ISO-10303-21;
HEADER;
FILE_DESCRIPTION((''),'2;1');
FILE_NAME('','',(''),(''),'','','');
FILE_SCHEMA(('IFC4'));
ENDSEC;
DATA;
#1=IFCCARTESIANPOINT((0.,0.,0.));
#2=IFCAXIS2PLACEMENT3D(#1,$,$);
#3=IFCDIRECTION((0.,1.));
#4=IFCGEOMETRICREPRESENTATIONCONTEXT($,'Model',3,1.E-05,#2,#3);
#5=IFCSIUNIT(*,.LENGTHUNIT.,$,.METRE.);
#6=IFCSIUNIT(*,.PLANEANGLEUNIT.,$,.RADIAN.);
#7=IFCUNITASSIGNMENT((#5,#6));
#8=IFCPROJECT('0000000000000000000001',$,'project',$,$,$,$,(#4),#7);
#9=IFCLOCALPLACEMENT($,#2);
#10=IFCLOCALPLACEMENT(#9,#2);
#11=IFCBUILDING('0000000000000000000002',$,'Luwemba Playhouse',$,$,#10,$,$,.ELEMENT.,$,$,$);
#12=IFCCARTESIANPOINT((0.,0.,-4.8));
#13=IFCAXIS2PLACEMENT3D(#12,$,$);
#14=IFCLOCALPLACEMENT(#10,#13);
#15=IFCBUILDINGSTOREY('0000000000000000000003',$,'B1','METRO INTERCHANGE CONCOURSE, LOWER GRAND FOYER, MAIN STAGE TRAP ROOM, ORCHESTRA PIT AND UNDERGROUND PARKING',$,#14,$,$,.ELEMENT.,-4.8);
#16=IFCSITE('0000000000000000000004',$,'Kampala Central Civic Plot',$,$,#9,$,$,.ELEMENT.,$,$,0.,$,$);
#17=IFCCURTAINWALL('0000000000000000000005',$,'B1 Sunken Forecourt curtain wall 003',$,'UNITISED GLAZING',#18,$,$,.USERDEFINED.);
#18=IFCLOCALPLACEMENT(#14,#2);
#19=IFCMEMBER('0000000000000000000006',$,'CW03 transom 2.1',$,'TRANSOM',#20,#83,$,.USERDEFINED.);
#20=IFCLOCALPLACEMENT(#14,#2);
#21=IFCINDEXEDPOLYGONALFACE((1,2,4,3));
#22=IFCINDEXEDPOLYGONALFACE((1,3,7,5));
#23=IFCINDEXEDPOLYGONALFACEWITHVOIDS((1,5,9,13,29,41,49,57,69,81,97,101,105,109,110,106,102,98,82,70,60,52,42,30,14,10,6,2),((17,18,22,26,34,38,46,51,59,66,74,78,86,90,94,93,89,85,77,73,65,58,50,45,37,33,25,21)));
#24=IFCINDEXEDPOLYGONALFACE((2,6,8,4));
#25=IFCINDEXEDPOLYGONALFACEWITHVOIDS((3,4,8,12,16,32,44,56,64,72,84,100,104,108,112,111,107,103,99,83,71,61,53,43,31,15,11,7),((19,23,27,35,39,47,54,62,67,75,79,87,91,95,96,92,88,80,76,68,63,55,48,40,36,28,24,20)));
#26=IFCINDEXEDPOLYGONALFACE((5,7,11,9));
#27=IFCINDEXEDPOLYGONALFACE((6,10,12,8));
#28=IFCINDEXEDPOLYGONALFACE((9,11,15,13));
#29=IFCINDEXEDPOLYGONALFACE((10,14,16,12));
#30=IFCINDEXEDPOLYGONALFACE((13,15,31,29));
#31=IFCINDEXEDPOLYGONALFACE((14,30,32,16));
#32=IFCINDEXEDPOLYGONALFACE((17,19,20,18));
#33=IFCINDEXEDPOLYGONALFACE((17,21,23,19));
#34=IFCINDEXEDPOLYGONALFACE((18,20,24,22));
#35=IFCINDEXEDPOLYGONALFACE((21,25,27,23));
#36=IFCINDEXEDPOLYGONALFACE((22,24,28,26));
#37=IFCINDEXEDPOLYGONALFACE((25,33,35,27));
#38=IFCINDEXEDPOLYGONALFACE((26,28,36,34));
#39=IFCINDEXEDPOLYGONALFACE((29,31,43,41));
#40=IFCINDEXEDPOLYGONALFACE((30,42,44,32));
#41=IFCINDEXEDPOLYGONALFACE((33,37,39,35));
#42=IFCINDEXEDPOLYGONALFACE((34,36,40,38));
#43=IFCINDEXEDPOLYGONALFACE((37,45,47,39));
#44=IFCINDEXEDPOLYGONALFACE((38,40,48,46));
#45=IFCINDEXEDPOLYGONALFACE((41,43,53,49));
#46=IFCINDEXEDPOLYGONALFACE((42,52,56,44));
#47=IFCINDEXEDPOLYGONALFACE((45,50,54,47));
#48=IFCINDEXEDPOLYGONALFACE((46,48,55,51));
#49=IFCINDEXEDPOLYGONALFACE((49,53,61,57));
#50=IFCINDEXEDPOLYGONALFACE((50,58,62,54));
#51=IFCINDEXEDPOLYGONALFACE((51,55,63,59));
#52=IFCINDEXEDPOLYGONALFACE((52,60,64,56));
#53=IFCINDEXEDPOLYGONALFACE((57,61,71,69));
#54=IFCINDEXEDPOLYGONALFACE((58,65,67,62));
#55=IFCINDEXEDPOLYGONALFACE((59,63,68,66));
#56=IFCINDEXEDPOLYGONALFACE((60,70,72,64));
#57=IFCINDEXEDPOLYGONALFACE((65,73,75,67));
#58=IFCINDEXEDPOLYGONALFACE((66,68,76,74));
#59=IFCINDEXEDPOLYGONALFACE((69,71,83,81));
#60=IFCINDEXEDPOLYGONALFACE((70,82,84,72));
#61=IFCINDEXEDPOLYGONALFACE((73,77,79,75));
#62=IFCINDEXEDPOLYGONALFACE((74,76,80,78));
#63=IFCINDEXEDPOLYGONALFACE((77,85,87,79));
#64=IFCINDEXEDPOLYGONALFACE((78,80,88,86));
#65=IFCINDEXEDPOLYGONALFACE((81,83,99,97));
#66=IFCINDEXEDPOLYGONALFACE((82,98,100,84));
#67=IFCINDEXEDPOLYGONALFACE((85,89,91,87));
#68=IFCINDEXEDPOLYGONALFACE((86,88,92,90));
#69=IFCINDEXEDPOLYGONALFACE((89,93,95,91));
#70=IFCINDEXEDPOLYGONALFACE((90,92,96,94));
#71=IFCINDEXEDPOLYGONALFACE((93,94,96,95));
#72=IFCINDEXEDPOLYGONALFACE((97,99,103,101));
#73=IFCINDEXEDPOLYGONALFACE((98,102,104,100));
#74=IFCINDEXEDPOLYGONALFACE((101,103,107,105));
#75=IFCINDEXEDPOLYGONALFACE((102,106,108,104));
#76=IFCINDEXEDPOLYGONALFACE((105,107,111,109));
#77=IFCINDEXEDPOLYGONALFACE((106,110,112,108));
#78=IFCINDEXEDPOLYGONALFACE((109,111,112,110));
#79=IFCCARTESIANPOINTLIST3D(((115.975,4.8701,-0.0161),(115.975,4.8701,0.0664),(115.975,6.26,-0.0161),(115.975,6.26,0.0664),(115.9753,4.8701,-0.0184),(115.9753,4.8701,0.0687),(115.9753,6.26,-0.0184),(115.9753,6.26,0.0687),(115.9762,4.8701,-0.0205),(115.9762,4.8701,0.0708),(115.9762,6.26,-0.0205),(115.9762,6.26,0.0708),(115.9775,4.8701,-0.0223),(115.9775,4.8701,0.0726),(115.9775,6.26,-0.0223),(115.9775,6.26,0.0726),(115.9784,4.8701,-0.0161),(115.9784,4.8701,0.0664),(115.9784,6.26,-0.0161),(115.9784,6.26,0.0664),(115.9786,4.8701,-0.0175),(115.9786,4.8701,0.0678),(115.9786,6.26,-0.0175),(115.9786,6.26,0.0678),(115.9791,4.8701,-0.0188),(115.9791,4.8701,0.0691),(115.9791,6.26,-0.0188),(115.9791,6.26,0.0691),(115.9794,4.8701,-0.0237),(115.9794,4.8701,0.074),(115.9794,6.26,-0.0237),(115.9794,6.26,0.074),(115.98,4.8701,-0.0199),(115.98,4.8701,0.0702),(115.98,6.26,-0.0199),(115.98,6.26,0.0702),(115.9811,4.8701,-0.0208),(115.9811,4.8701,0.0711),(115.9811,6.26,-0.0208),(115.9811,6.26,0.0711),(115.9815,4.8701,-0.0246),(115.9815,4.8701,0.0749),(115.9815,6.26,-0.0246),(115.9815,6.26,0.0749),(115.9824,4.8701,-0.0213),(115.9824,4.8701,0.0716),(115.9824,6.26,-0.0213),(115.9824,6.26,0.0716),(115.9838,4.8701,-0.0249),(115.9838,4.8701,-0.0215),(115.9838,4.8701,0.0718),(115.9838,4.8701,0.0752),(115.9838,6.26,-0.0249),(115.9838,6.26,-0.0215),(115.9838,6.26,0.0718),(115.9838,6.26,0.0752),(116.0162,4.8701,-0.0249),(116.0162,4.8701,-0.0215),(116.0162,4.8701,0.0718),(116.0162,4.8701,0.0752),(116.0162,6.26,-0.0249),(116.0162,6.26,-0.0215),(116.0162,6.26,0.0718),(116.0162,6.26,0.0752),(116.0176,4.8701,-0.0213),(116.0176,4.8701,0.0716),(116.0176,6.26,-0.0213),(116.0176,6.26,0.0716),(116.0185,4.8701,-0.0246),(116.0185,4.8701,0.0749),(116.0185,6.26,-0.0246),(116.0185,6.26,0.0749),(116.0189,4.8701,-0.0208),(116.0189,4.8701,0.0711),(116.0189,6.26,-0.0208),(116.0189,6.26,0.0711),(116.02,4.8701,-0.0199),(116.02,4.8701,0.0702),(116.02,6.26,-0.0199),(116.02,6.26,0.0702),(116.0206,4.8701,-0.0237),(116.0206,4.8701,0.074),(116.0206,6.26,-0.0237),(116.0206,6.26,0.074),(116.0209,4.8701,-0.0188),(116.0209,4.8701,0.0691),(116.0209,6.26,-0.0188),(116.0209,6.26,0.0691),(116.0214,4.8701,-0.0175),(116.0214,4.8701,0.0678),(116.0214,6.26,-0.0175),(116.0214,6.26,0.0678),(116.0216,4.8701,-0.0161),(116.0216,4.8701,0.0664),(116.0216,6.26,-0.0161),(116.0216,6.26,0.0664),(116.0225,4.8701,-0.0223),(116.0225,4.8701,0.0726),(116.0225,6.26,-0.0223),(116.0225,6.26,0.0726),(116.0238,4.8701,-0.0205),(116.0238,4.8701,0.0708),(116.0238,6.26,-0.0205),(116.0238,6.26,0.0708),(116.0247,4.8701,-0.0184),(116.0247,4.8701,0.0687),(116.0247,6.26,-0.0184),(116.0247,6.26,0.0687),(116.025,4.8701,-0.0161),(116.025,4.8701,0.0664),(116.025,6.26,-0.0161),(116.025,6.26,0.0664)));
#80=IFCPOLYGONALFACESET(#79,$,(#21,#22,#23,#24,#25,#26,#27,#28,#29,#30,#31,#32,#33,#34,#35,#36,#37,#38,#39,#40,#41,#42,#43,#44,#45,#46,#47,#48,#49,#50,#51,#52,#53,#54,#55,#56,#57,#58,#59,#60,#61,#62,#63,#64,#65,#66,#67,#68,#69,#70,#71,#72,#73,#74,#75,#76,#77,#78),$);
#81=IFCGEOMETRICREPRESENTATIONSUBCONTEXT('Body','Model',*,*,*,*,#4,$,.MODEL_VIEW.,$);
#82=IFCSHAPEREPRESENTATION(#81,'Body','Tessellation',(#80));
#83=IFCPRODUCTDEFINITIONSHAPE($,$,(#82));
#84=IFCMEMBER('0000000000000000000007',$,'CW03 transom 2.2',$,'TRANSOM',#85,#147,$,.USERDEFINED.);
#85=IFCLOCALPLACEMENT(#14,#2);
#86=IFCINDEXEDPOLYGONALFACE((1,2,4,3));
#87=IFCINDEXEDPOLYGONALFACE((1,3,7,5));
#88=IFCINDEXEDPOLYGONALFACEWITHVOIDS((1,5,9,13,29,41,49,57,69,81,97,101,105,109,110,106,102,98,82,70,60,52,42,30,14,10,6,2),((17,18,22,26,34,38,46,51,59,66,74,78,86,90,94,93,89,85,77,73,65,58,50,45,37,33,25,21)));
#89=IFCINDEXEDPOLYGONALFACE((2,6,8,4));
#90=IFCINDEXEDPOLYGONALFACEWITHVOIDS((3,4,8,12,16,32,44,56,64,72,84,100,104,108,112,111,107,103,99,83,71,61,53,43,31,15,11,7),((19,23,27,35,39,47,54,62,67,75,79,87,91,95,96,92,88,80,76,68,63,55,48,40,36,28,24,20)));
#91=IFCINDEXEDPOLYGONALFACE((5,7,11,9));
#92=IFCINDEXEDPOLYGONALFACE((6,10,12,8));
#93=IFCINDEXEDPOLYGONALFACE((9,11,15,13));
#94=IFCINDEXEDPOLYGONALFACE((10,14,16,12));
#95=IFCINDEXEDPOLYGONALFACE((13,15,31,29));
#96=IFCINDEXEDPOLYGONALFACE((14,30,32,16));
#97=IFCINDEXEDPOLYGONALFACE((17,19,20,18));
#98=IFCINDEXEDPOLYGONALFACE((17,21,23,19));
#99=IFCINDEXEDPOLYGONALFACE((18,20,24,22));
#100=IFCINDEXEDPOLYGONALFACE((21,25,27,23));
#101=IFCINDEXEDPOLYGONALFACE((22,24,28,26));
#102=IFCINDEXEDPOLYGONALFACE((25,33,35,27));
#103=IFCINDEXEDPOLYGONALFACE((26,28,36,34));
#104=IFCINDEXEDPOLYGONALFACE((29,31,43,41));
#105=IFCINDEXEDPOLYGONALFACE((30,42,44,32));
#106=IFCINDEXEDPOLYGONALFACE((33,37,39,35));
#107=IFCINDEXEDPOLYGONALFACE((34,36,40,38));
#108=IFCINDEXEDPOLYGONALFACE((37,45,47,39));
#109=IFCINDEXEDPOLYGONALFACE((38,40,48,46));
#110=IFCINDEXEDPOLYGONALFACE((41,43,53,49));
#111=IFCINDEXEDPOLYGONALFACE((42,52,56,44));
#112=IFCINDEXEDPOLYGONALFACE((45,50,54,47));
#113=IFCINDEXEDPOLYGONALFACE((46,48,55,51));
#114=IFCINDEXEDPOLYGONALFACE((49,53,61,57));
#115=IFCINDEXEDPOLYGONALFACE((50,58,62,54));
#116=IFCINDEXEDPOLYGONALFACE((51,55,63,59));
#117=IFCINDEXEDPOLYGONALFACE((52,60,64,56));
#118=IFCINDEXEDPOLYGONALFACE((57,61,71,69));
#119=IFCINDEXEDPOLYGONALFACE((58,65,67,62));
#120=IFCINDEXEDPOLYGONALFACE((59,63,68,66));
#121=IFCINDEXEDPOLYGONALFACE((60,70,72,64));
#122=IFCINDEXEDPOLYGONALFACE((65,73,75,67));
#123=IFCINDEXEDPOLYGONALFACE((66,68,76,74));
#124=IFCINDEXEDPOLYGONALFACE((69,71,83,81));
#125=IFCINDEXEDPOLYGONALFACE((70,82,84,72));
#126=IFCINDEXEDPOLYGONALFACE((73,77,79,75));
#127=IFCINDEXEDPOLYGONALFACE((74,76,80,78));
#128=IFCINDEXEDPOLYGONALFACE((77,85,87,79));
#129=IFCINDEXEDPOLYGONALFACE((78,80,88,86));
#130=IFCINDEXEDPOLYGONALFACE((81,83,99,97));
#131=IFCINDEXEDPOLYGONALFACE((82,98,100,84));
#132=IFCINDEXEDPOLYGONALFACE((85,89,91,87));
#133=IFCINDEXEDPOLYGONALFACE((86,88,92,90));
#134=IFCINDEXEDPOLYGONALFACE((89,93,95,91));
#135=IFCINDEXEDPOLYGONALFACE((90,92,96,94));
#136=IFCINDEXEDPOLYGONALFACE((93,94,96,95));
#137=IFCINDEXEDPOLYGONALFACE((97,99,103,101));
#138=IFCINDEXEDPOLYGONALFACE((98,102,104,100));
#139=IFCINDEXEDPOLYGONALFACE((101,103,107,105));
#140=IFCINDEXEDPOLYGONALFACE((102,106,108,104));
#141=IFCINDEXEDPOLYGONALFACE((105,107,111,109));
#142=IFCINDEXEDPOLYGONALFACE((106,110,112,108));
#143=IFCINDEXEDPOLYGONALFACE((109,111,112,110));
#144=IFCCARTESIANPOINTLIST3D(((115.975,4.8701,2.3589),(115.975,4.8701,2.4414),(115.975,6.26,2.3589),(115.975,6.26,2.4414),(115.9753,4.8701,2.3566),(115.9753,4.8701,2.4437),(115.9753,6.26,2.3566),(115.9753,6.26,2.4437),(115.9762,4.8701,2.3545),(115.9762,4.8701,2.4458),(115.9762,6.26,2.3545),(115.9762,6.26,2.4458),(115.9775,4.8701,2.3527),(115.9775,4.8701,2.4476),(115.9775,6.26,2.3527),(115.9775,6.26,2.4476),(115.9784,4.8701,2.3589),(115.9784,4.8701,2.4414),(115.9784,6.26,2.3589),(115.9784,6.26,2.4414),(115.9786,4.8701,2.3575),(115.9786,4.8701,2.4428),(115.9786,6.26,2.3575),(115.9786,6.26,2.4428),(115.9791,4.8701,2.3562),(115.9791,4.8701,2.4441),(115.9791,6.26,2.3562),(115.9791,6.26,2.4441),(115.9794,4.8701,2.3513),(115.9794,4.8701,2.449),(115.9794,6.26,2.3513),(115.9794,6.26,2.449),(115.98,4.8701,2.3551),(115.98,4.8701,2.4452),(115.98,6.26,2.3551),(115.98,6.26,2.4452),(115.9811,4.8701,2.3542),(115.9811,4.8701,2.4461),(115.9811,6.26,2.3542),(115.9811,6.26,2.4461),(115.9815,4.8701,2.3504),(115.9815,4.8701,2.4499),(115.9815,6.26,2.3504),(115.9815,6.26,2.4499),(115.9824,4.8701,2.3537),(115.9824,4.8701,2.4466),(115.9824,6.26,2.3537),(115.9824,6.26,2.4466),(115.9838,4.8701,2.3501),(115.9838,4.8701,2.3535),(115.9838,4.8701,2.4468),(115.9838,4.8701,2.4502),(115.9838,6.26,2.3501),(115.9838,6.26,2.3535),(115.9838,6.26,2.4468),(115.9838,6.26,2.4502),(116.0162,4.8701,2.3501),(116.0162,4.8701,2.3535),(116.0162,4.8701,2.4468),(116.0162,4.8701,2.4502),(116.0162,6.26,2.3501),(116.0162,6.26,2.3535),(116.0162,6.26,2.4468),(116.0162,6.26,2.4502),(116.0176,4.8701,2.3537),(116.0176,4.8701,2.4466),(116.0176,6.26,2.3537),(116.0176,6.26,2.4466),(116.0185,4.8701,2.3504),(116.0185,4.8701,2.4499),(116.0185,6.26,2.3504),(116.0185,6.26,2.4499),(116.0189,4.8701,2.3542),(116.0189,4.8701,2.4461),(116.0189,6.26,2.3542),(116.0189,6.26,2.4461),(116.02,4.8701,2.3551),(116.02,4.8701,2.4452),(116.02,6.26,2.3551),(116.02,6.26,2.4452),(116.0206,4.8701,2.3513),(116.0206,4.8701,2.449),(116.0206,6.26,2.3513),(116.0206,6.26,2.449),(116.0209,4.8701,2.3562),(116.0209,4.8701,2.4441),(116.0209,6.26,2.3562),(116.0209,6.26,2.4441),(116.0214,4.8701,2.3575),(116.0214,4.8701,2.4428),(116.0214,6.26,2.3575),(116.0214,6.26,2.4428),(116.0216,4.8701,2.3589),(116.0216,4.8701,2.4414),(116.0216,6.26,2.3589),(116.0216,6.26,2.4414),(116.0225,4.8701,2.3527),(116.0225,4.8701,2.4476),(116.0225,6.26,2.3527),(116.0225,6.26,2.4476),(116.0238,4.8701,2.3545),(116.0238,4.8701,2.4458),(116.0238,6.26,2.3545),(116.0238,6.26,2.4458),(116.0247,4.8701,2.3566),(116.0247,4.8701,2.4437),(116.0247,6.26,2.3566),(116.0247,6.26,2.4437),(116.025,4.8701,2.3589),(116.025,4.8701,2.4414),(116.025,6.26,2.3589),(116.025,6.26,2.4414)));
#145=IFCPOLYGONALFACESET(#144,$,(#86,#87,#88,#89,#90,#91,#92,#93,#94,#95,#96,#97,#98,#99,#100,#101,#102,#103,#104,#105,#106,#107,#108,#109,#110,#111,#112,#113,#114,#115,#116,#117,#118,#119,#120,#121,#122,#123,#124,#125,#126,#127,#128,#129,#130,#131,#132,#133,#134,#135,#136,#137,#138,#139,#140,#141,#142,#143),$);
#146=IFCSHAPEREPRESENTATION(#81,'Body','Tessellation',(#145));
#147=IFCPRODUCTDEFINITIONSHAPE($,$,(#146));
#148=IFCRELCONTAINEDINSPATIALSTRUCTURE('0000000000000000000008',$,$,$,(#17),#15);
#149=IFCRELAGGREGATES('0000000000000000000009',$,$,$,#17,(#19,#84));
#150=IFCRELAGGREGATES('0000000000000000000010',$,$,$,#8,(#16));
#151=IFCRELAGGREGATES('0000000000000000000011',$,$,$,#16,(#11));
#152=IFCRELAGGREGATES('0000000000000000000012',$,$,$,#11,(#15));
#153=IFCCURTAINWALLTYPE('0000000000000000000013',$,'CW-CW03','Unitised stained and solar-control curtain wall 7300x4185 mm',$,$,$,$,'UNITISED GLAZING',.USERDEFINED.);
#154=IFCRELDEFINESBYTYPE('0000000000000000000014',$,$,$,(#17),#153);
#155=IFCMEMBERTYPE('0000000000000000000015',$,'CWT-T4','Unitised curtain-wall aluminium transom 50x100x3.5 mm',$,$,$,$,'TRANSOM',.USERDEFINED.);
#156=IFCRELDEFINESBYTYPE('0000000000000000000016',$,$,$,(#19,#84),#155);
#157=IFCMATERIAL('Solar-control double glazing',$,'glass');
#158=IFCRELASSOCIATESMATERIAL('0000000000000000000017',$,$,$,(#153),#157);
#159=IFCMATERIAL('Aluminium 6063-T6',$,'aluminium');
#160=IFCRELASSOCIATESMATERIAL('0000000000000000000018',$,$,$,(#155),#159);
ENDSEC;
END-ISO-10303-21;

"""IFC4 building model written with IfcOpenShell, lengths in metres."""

from ifc_helpers import new_model, si_unit, direction, frame, origin, origin_2d, place, context, subcontext, project, spatial, hollow_rectangle, extrude, material, material_profile, profile_set, type_object, element, aggregate, save


model = new_model("IFC4")

# Units and contexts
model_context = context("Model", 3, precision=1e-05, world=origin(), true_north=direction((0.0, 1.0)))
body_context = subcontext(model_context, "Body", "Model", "MODEL_VIEW")
ifc_project = project(units=[si_unit("LENGTHUNIT", "METRE"), si_unit("PLANEANGLEUNIT", "RADIAN")], contexts=[model_context])

# Site, building, storey
site_placement = place(None, origin())
site = spatial("IfcSite", under=ifc_project, at=site_placement, Name="Kampala Central Civic Plot", CompositionType="ELEMENT", RefElevation=0.0)
building_placement = place(site_placement, origin())
building = spatial("IfcBuilding", under=site, at=building_placement, Name="Luwemba Playhouse", CompositionType="ELEMENT")
storey_placement = place(building_placement, frame((0.0, 0.0, -4.8)))
storey = spatial("IfcBuildingStorey", under=building, at=storey_placement, Name="B1", Description="METRO INTERCHANGE CONCOURSE, LOWER GRAND FOYER, MAIN STAGE TRAP ROOM, ORCHESTRA PIT AND UNDERGROUND PARKING", CompositionType="ELEMENT", Elevation=-4.8)

# Curtain wall, members
ifc_material_1 = material(Name="Solar-control double glazing", Category="glass")
curtain_wall_type = type_object("IfcCurtainWallType", Name="CW-CW03", Description="Unitised stained and solar-control curtain wall 7300x4185 mm", ElementType="UNITISED GLAZING", PredefinedType="USERDEFINED", material=ifc_material_1)
curtain_wall_placement = place(storey_placement, origin())
curtain_wall = element("IfcCurtainWall", 1, at=curtain_wall_placement, inside=storey, type_object=curtain_wall_type, Name="B1 Sunken Forecourt curtain wall 003", ObjectType="UNITISED GLAZING", PredefinedType="USERDEFINED")
ifc_material_2 = material(Name="Aluminium 6063-T6", Category="aluminium")
ifc_material_profile_1 = material_profile(ifc_material_2, hollow_rectangle(XDim=0.05, YDim=0.1001, WallThickness=0.0034, InnerFilletRadius=0.0054, OuterFilletRadius=0.0088, at=origin_2d()))
ifc_profile_set_1 = profile_set([ifc_material_profile_1], Name="Aluminium 6063-T6")
member_type_1 = type_object("IfcMemberType", Name="CWT-T4", Description="Unitised curtain-wall aluminium transom 50x100x3.5 mm", ElementType="TRANSOM", PredefinedType="USERDEFINED", material=ifc_profile_set_1)
member_1_placement = place(storey_placement, frame((116.0, 4.8701, 0.0251), z_axis=(0.0, 1.0, 0.0), x_axis=(-1.0, 0.0, 0.0)))
member_1 = element("IfcMember", 2, at=member_1_placement, type_object=member_type_1, Name="CW03 transom 2.1", ObjectType="TRANSOM", PredefinedType="USERDEFINED", context=body_context, shape_type="SweptSolid", body=[
    extrude(hollow_rectangle(XDim=0.05, YDim=0.1001, WallThickness=0.0034, InnerFilletRadius=0.0054, OuterFilletRadius=0.0088, at=origin_2d()), origin(), (0.0, 0.0, 1.0), 1.3899),
])
member_2_placement = place(storey_placement, frame((116.0, 4.8701, 2.4001), z_axis=(0.0, 1.0, 0.0), x_axis=(-1.0, 0.0, 0.0)))
member_2 = element("IfcMember", 3, at=member_2_placement, type_object=member_type_1, Name="CW03 transom 2.2", ObjectType="TRANSOM", PredefinedType="USERDEFINED", context=body_context, shape_type="SweptSolid", body=[
    extrude(hollow_rectangle(XDim=0.05, YDim=0.1001, WallThickness=0.0034, InnerFilletRadius=0.0054, OuterFilletRadius=0.0088, at=origin_2d()), origin(), (0.0, 0.0, 1.0), 1.3899),
])
aggregate(curtain_wall, [member_1, member_2])

save(model, "model.ifc")
